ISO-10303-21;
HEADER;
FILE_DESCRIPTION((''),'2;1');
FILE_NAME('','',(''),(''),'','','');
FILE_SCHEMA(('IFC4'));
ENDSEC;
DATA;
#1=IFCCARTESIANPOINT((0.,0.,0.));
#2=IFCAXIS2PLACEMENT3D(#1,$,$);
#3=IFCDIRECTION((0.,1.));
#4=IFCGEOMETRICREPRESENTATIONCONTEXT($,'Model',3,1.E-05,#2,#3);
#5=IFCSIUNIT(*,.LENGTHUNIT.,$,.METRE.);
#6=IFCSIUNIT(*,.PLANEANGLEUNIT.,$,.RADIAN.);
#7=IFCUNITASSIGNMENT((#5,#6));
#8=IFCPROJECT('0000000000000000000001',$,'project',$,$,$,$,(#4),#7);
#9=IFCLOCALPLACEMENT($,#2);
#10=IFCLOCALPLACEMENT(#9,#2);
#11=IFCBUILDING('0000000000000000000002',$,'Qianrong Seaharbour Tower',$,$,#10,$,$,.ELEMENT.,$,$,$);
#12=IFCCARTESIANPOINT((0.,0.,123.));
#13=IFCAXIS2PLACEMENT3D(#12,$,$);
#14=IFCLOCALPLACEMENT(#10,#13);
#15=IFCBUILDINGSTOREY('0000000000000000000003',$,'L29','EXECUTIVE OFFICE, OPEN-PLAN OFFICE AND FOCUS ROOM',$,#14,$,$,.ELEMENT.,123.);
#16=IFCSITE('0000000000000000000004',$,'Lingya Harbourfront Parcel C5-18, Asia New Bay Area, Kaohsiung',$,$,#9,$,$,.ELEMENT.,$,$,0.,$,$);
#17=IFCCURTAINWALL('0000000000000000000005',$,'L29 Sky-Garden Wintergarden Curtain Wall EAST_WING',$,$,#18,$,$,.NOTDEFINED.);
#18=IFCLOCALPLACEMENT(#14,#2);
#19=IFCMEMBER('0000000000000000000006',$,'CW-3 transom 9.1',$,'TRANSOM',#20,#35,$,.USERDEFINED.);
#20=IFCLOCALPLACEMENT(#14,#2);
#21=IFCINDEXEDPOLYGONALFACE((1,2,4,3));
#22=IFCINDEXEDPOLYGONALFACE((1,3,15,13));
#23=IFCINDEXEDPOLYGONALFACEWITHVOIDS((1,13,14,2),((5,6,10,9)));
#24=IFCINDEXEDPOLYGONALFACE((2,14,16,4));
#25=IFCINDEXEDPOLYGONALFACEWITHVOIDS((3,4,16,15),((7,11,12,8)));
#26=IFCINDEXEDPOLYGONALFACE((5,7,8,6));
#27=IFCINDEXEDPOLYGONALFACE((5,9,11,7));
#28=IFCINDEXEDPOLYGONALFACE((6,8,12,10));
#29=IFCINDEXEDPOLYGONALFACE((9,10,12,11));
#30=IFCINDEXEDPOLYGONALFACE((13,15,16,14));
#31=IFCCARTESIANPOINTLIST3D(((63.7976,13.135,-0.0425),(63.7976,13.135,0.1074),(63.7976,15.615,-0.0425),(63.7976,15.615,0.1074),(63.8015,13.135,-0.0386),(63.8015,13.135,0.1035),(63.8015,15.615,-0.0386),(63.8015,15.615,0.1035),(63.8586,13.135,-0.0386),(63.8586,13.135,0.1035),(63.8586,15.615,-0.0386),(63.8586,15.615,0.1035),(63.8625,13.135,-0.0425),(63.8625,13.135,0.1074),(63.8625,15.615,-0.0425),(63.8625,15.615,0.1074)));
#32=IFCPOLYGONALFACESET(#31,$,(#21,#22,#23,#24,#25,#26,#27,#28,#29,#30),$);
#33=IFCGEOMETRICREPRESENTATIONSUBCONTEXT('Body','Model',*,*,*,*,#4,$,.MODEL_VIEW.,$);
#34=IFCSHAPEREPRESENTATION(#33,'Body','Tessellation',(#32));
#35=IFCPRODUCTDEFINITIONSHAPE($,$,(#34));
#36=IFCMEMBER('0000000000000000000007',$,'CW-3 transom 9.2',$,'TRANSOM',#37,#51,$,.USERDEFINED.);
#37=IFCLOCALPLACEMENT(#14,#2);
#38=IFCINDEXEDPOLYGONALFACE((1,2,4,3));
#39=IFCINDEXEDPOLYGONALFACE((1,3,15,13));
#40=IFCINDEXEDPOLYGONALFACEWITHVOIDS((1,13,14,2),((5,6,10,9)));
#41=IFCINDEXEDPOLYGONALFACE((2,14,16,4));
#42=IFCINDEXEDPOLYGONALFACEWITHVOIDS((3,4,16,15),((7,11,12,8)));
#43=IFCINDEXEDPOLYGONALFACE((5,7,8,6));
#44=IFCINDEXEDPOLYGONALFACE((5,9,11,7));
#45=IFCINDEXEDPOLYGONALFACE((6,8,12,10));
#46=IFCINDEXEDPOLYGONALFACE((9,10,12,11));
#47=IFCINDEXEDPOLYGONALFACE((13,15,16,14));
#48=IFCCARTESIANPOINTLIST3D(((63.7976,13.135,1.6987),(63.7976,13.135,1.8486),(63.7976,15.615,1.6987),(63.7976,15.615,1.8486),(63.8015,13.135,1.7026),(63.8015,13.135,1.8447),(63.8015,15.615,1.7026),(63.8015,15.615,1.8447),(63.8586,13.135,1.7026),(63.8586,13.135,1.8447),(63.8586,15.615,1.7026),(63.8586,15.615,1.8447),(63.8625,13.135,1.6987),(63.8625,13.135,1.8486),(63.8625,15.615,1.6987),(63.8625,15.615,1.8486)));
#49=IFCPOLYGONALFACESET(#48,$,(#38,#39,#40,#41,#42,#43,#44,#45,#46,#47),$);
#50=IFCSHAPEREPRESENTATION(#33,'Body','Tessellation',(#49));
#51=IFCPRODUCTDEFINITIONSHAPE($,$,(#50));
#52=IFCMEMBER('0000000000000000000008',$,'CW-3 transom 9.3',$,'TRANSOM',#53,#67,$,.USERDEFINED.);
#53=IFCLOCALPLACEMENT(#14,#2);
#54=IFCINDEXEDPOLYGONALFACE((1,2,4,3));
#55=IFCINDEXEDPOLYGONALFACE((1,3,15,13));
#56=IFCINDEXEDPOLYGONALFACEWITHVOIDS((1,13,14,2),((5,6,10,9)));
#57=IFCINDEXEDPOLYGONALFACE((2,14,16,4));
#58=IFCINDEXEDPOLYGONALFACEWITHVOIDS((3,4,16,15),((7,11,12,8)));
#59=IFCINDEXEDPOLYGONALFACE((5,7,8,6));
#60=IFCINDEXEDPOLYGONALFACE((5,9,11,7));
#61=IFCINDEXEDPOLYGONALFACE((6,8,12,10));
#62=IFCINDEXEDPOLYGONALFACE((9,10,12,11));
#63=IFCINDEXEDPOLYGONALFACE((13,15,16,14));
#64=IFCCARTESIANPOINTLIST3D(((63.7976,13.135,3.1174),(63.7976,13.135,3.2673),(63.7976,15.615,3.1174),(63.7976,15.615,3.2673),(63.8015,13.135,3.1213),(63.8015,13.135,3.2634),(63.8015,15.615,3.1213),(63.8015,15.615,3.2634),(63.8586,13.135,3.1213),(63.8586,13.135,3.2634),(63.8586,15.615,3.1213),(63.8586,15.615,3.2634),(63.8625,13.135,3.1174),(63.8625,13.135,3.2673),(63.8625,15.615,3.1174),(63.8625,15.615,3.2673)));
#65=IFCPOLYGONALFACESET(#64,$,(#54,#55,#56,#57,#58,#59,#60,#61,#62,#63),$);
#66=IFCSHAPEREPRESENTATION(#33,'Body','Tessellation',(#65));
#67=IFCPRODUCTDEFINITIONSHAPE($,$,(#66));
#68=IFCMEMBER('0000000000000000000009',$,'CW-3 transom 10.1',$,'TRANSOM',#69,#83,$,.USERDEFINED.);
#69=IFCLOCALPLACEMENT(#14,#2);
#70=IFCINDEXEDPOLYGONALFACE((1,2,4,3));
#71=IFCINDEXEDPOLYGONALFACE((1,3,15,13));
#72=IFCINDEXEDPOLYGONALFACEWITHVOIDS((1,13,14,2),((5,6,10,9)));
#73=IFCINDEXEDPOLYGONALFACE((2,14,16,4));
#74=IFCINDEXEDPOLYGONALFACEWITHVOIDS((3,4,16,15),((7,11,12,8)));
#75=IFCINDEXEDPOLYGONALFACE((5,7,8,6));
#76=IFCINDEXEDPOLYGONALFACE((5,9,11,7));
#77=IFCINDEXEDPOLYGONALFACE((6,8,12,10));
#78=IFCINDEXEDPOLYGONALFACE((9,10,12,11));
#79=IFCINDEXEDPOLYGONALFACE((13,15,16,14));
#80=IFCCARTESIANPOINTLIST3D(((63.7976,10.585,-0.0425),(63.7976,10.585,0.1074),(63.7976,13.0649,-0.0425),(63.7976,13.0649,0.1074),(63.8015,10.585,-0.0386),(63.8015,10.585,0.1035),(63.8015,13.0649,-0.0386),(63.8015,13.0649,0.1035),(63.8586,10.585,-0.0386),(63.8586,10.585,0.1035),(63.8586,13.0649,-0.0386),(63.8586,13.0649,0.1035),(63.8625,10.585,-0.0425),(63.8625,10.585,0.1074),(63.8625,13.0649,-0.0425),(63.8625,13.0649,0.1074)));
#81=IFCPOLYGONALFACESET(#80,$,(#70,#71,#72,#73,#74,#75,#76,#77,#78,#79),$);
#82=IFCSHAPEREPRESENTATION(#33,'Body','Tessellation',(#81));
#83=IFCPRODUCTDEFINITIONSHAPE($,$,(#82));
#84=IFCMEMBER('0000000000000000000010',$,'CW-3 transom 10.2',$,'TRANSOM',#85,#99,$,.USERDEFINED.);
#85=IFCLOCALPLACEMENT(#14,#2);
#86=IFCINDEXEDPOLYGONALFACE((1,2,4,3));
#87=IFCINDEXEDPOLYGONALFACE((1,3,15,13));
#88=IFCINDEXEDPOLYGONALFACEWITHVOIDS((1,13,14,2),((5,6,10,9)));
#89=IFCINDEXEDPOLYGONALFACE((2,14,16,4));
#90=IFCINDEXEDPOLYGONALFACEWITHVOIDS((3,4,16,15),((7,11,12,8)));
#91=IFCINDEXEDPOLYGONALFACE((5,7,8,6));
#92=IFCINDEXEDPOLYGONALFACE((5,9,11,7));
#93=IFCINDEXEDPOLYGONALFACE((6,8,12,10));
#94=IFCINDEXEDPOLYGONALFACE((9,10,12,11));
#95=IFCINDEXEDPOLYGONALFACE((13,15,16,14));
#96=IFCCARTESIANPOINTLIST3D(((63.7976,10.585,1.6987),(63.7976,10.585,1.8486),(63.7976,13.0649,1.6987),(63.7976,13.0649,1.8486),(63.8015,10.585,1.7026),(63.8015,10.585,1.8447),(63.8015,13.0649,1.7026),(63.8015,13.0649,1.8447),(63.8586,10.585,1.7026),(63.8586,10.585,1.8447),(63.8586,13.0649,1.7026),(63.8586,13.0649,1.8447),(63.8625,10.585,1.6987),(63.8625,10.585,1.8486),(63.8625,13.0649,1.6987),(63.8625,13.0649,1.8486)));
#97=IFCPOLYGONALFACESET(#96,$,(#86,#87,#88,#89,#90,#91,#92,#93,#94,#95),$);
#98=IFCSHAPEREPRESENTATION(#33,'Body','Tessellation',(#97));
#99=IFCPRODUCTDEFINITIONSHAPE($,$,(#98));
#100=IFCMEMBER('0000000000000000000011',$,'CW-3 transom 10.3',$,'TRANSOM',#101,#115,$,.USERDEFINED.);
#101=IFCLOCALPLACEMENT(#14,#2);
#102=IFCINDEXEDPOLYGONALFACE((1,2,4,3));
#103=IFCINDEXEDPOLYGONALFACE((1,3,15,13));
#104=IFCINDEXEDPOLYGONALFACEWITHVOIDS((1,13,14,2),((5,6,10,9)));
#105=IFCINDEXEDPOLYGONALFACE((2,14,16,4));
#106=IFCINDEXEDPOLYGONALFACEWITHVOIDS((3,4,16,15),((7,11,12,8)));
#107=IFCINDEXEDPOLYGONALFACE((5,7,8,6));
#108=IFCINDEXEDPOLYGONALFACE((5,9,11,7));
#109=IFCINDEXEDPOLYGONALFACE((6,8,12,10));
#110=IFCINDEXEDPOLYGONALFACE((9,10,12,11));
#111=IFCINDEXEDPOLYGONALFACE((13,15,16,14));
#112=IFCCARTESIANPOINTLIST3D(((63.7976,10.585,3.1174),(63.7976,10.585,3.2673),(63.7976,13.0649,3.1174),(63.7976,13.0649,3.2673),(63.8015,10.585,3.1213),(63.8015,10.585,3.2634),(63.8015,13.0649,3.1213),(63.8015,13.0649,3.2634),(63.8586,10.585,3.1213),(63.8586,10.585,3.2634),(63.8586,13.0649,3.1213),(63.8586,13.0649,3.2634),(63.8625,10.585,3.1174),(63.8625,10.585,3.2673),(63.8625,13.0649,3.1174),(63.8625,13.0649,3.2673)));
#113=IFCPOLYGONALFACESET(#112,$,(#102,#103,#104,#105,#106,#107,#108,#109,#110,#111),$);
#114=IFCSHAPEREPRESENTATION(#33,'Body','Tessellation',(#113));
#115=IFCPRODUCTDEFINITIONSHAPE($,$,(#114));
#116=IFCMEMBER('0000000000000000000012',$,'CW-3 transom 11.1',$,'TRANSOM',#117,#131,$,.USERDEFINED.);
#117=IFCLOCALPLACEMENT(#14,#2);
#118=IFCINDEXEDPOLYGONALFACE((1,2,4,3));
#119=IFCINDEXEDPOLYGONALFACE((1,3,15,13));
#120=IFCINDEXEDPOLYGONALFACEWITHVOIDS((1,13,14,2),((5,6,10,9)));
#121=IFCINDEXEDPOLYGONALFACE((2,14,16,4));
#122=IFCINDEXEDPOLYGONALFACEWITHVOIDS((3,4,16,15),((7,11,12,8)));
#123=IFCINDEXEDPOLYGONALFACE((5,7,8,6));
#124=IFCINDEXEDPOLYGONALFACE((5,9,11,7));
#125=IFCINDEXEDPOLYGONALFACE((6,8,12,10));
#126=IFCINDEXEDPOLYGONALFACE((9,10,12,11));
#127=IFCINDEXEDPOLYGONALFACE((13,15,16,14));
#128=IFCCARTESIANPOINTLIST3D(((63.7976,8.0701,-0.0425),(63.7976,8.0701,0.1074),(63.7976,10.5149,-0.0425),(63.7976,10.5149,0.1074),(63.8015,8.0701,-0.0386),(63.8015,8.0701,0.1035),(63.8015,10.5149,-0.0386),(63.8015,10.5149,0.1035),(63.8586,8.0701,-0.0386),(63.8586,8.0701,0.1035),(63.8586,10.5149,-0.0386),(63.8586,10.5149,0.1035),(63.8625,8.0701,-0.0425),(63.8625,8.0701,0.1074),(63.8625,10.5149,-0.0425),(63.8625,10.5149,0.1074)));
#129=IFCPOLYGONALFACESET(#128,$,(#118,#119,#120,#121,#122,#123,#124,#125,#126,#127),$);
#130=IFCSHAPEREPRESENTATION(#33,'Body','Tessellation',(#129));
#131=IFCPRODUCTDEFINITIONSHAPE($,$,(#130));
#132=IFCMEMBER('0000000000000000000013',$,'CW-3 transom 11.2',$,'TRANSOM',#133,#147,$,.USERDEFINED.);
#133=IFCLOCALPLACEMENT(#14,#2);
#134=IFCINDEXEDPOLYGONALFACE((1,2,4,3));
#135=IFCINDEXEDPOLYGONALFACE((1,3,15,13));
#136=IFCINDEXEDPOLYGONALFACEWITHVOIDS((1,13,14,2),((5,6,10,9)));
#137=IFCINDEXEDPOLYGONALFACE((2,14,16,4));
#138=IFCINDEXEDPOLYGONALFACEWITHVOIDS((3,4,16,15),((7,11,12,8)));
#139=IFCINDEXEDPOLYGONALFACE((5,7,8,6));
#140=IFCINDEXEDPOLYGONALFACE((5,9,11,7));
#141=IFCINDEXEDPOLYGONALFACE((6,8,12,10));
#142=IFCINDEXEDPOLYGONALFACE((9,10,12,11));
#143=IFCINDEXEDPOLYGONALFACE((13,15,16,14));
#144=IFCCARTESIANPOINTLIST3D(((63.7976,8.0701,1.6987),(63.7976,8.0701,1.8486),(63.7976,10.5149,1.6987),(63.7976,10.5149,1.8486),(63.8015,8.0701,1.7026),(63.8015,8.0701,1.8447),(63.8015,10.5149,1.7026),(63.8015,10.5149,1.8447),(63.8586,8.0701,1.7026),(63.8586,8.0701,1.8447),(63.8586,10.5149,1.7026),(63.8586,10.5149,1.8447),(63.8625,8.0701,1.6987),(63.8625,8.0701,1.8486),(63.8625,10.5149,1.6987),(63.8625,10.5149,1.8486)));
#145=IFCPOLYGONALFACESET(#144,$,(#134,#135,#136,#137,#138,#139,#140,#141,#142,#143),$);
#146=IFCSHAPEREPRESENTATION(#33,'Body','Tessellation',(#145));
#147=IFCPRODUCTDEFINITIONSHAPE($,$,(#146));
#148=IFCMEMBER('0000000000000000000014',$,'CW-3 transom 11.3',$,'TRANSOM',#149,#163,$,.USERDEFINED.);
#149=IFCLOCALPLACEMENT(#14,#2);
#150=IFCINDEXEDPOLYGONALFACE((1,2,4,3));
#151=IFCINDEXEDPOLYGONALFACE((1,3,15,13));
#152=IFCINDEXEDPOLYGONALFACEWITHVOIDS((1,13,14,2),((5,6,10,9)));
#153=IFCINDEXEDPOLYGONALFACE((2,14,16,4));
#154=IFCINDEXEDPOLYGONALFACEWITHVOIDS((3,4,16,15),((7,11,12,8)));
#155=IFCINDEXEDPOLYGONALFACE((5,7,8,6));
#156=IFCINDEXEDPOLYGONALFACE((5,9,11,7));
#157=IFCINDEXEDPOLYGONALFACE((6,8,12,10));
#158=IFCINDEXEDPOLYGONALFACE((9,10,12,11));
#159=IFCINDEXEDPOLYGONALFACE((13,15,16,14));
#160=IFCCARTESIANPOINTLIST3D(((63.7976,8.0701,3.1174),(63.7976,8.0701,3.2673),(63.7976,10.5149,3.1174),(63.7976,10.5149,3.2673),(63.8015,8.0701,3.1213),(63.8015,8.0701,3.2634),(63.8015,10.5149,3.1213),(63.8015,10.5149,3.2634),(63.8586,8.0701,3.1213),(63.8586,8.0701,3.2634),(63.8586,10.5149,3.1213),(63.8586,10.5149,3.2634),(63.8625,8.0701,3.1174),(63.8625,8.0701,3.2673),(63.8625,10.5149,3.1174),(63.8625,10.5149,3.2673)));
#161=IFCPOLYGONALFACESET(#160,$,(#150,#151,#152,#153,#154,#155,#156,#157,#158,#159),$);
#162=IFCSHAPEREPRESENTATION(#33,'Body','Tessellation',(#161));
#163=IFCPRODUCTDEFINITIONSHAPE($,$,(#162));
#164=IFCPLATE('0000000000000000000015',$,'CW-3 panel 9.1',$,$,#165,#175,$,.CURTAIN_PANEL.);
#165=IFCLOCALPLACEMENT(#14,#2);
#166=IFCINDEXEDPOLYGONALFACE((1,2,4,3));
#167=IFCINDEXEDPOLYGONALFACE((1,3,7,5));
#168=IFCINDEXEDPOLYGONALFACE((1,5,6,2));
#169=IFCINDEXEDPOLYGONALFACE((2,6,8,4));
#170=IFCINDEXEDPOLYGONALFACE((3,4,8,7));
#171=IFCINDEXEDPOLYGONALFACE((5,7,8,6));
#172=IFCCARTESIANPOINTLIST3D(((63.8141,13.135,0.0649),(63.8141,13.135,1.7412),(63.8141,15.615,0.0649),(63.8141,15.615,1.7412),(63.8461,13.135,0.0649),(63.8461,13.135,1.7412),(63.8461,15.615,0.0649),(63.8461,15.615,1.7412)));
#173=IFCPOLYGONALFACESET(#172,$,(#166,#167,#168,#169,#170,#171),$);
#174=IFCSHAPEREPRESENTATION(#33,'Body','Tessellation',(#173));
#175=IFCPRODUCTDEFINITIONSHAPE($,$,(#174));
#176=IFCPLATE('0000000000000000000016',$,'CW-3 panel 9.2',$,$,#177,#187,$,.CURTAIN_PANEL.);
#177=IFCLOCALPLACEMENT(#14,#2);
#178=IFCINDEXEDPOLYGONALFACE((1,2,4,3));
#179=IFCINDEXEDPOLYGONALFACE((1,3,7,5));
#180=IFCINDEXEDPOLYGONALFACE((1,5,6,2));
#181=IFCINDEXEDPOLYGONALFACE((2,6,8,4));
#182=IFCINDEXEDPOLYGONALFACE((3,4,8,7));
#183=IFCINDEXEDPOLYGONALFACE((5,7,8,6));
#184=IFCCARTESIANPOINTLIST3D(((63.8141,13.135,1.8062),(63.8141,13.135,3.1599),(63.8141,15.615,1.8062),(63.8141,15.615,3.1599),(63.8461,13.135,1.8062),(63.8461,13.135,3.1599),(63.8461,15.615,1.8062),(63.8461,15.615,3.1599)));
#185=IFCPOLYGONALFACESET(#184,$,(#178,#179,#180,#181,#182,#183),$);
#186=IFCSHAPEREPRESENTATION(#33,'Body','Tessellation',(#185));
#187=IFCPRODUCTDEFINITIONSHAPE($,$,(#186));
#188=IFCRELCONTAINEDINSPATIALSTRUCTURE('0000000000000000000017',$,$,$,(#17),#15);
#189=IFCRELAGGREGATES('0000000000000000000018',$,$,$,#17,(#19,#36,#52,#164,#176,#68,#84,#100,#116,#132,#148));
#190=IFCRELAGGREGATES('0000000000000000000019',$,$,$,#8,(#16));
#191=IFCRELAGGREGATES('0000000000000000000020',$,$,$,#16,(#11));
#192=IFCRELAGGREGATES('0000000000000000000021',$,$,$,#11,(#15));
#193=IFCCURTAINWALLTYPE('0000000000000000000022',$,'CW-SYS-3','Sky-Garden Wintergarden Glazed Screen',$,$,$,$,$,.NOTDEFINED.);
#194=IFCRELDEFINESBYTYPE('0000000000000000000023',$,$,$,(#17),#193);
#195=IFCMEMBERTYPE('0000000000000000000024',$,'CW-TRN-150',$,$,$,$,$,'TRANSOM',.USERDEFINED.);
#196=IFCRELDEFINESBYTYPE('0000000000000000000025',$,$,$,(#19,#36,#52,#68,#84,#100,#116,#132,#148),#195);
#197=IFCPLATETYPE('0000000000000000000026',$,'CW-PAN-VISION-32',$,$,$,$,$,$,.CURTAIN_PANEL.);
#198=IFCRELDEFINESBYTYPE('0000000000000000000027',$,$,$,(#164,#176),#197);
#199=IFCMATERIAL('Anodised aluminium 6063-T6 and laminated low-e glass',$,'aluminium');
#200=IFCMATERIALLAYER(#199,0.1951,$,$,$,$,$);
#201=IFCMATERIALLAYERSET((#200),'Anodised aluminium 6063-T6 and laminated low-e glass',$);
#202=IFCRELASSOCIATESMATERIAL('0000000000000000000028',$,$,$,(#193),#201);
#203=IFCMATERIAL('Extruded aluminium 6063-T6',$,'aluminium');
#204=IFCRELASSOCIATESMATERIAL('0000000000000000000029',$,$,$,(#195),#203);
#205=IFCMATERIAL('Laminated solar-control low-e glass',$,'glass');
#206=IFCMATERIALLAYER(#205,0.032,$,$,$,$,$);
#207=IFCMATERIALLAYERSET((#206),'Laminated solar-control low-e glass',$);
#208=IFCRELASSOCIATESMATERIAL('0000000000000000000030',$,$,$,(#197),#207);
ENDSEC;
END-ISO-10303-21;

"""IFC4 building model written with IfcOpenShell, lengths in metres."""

from ifc_helpers import new_model, si_unit, direction, frame, origin, origin_2d, place, context, subcontext, project, spatial, rectangle, hollow_rectangle, extrude, material, layer, layer_set, material_profile, profile_set, type_object, element, aggregate, save


model = new_model("IFC4")

# Units and contexts
model_context = context("Model", 3, precision=1e-05, world=origin(), true_north=direction((0.0, 1.0)))
body_context = subcontext(model_context, "Body", "Model", "MODEL_VIEW")
ifc_project = project(units=[si_unit("LENGTHUNIT", "METRE"), si_unit("PLANEANGLEUNIT", "RADIAN")], contexts=[model_context])

# Site, building, storey
site_placement = place(None, origin())
site = spatial("IfcSite", under=ifc_project, at=site_placement, Name="Lingya Harbourfront Parcel C5-18, Asia New Bay Area, Kaohsiung", CompositionType="ELEMENT", RefElevation=0.0)
building_placement = place(site_placement, origin())
building = spatial("IfcBuilding", under=site, at=building_placement, Name="Qianrong Seaharbour Tower", CompositionType="ELEMENT")
storey_placement = place(building_placement, frame((0.0, 0.0, 123.0)))
storey = spatial("IfcBuildingStorey", under=building, at=storey_placement, Name="L29", Description="EXECUTIVE OFFICE, OPEN-PLAN OFFICE AND FOCUS ROOM", CompositionType="ELEMENT", Elevation=123.0)

# Curtain wall, members, plates
ifc_material_1 = material(Name="Anodised aluminium 6063-T6 and laminated low-e glass", Category="aluminium")
ifc_layer_1 = layer(ifc_material_1, 0.1951)
ifc_layer_set_1 = layer_set([ifc_layer_1], Name="Anodised aluminium 6063-T6 and laminated low-e glass")
curtain_wall_type = type_object("IfcCurtainWallType", Name="CW-SYS-3", Description="Sky-Garden Wintergarden Glazed Screen", PredefinedType="NOTDEFINED", material=ifc_layer_set_1)
curtain_wall_placement = place(storey_placement, origin())
curtain_wall = element("IfcCurtainWall", 1, at=curtain_wall_placement, inside=storey, type_object=curtain_wall_type, Name="L29 Sky-Garden Wintergarden Curtain Wall EAST_WING", PredefinedType="NOTDEFINED")
ifc_material_2 = material(Name="Extruded aluminium 6063-T6", Category="aluminium")
ifc_material_profile_1 = material_profile(ifc_material_2, hollow_rectangle(XDim=0.0649, YDim=0.1499, WallThickness=0.0039, at=origin_2d()), Name="ALU-TRN-150x65x4")
ifc_profile_set_1 = profile_set([ifc_material_profile_1], Name="Extruded aluminium 6063-T6")
member_type_1 = type_object("IfcMemberType", Name="CW-TRN-150", ElementType="TRANSOM", PredefinedType="USERDEFINED", material=ifc_profile_set_1)
member_1_placement = place(storey_placement, frame((63.8301, 15.615, 0.0325), z_axis=(0.0, -1.0, 0.0), x_axis=(1.0, 0.0, 0.0)))
member_1 = element("IfcMember", 2, at=member_1_placement, type_object=member_type_1, Name="CW-3 transom 9.1", ObjectType="TRANSOM", PredefinedType="USERDEFINED", context=body_context, shape_type="SweptSolid", body=[
    extrude(hollow_rectangle(XDim=0.0649, YDim=0.1499, WallThickness=0.0039, at=origin_2d()), origin(), (0.0, 0.0, 1.0), 2.48),
])
member_2_placement = place(storey_placement, frame((63.8301, 15.615, 1.7737), z_axis=(0.0, -1.0, 0.0), x_axis=(1.0, 0.0, 0.0)))
member_2 = element("IfcMember", 3, at=member_2_placement, type_object=member_type_1, Name="CW-3 transom 9.2", ObjectType="TRANSOM", PredefinedType="USERDEFINED", context=body_context, shape_type="SweptSolid", body=[
    extrude(hollow_rectangle(XDim=0.0649, YDim=0.1499, WallThickness=0.0039, at=origin_2d()), origin(), (0.0, 0.0, 1.0), 2.48),
])
member_3_placement = place(storey_placement, frame((63.8301, 15.615, 3.1924), z_axis=(0.0, -1.0, 0.0), x_axis=(1.0, 0.0, 0.0)))
member_3 = element("IfcMember", 4, at=member_3_placement, type_object=member_type_1, Name="CW-3 transom 9.3", ObjectType="TRANSOM", PredefinedType="USERDEFINED", context=body_context, shape_type="SweptSolid", body=[
    extrude(hollow_rectangle(XDim=0.0649, YDim=0.1499, WallThickness=0.0039, at=origin_2d()), origin(), (0.0, 0.0, 1.0), 2.48),
])
member_4_placement = place(storey_placement, frame((63.8301, 13.0649, 0.0325), z_axis=(0.0, -1.0, 0.0), x_axis=(1.0, 0.0, 0.0)))
member_4 = element("IfcMember", 5, at=member_4_placement, type_object=member_type_1, Name="CW-3 transom 10.1", ObjectType="TRANSOM", PredefinedType="USERDEFINED", context=body_context, shape_type="SweptSolid", body=[
    extrude(hollow_rectangle(XDim=0.0649, YDim=0.1499, WallThickness=0.0039, at=origin_2d()), origin(), (0.0, 0.0, 1.0), 2.48),
])
member_5_placement = place(storey_placement, frame((63.8301, 13.0649, 1.7737), z_axis=(0.0, -1.0, 0.0), x_axis=(1.0, 0.0, 0.0)))
member_5 = element("IfcMember", 6, at=member_5_placement, type_object=member_type_1, Name="CW-3 transom 10.2", ObjectType="TRANSOM", PredefinedType="USERDEFINED", context=body_context, shape_type="SweptSolid", body=[
    extrude(hollow_rectangle(XDim=0.0649, YDim=0.1499, WallThickness=0.0039, at=origin_2d()), origin(), (0.0, 0.0, 1.0), 2.48),
])
member_6_placement = place(storey_placement, frame((63.8301, 13.0649, 3.1924), z_axis=(0.0, -1.0, 0.0), x_axis=(1.0, 0.0, 0.0)))
member_6 = element("IfcMember", 7, at=member_6_placement, type_object=member_type_1, Name="CW-3 transom 10.3", ObjectType="TRANSOM", PredefinedType="USERDEFINED", context=body_context, shape_type="SweptSolid", body=[
    extrude(hollow_rectangle(XDim=0.0649, YDim=0.1499, WallThickness=0.0039, at=origin_2d()), origin(), (0.0, 0.0, 1.0), 2.48),
])
member_7_placement = place(storey_placement, frame((63.8301, 10.5149, 0.0325), z_axis=(0.0, -1.0, 0.0), x_axis=(1.0, 0.0, 0.0)))
member_7 = element("IfcMember", 8, at=member_7_placement, type_object=member_type_1, Name="CW-3 transom 11.1", ObjectType="TRANSOM", PredefinedType="USERDEFINED", context=body_context, shape_type="SweptSolid", body=[
    extrude(hollow_rectangle(XDim=0.0649, YDim=0.1499, WallThickness=0.0039, at=origin_2d()), origin(), (0.0, 0.0, 1.0), 2.4448),
])
member_8_placement = place(storey_placement, frame((63.8301, 10.5149, 1.7737), z_axis=(0.0, -1.0, 0.0), x_axis=(1.0, 0.0, 0.0)))
member_8 = element("IfcMember", 9, at=member_8_placement, type_object=member_type_1, Name="CW-3 transom 11.2", ObjectType="TRANSOM", PredefinedType="USERDEFINED", context=body_context, shape_type="SweptSolid", body=[
    extrude(hollow_rectangle(XDim=0.0649, YDim=0.1499, WallThickness=0.0039, at=origin_2d()), origin(), (0.0, 0.0, 1.0), 2.4448),
])
member_9_placement = place(storey_placement, frame((63.8301, 10.5149, 3.1924), z_axis=(0.0, -1.0, 0.0), x_axis=(1.0, 0.0, 0.0)))
member_9 = element("IfcMember", 10, at=member_9_placement, type_object=member_type_1, Name="CW-3 transom 11.3", ObjectType="TRANSOM", PredefinedType="USERDEFINED", context=body_context, shape_type="SweptSolid", body=[
    extrude(hollow_rectangle(XDim=0.0649, YDim=0.1499, WallThickness=0.0039, at=origin_2d()), origin(), (0.0, 0.0, 1.0), 2.4448),
])
ifc_material_3 = material(Name="Laminated solar-control low-e glass", Category="glass")
ifc_layer_2 = layer(ifc_material_3, 0.032)
ifc_layer_set_2 = layer_set([ifc_layer_2], Name="Laminated solar-control low-e glass")
plate_type = type_object("IfcPlateType", Name="CW-PAN-VISION-32", PredefinedType="CURTAIN_PANEL", material=ifc_layer_set_2)
plate_1_placement = place(storey_placement, frame((63.8301, 14.375, 0.0649), z_axis=(0.0, 0.0, 1.0), x_axis=(0.0, -1.0, 0.0)))
plate_1 = element("IfcPlate", 11, at=plate_1_placement, type_object=plate_type, Name="CW-3 panel 9.1", PredefinedType="CURTAIN_PANEL", context=body_context, shape_type="SweptSolid", body=[
    extrude(rectangle(XDim=2.48, YDim=0.032, at=origin_2d()), origin(), (0.0, 0.0, 1.0), 1.6763),
])
plate_2_placement = place(storey_placement, frame((63.8301, 14.375, 1.8062), z_axis=(0.0, 0.0, 1.0), x_axis=(0.0, -1.0, 0.0)))
plate_2 = element("IfcPlate", 12, at=plate_2_placement, type_object=plate_type, Name="CW-3 panel 9.2", PredefinedType="CURTAIN_PANEL", context=body_context, shape_type="SweptSolid", body=[
    extrude(rectangle(XDim=2.48, YDim=0.032, at=origin_2d()), origin(), (0.0, 0.0, 1.0), 1.3538),
])
aggregate(curtain_wall, [member_1, member_2, member_3, plate_1, plate_2, member_4, member_5, member_6, member_7, member_8, member_9])

save(model, "model.ifc")
